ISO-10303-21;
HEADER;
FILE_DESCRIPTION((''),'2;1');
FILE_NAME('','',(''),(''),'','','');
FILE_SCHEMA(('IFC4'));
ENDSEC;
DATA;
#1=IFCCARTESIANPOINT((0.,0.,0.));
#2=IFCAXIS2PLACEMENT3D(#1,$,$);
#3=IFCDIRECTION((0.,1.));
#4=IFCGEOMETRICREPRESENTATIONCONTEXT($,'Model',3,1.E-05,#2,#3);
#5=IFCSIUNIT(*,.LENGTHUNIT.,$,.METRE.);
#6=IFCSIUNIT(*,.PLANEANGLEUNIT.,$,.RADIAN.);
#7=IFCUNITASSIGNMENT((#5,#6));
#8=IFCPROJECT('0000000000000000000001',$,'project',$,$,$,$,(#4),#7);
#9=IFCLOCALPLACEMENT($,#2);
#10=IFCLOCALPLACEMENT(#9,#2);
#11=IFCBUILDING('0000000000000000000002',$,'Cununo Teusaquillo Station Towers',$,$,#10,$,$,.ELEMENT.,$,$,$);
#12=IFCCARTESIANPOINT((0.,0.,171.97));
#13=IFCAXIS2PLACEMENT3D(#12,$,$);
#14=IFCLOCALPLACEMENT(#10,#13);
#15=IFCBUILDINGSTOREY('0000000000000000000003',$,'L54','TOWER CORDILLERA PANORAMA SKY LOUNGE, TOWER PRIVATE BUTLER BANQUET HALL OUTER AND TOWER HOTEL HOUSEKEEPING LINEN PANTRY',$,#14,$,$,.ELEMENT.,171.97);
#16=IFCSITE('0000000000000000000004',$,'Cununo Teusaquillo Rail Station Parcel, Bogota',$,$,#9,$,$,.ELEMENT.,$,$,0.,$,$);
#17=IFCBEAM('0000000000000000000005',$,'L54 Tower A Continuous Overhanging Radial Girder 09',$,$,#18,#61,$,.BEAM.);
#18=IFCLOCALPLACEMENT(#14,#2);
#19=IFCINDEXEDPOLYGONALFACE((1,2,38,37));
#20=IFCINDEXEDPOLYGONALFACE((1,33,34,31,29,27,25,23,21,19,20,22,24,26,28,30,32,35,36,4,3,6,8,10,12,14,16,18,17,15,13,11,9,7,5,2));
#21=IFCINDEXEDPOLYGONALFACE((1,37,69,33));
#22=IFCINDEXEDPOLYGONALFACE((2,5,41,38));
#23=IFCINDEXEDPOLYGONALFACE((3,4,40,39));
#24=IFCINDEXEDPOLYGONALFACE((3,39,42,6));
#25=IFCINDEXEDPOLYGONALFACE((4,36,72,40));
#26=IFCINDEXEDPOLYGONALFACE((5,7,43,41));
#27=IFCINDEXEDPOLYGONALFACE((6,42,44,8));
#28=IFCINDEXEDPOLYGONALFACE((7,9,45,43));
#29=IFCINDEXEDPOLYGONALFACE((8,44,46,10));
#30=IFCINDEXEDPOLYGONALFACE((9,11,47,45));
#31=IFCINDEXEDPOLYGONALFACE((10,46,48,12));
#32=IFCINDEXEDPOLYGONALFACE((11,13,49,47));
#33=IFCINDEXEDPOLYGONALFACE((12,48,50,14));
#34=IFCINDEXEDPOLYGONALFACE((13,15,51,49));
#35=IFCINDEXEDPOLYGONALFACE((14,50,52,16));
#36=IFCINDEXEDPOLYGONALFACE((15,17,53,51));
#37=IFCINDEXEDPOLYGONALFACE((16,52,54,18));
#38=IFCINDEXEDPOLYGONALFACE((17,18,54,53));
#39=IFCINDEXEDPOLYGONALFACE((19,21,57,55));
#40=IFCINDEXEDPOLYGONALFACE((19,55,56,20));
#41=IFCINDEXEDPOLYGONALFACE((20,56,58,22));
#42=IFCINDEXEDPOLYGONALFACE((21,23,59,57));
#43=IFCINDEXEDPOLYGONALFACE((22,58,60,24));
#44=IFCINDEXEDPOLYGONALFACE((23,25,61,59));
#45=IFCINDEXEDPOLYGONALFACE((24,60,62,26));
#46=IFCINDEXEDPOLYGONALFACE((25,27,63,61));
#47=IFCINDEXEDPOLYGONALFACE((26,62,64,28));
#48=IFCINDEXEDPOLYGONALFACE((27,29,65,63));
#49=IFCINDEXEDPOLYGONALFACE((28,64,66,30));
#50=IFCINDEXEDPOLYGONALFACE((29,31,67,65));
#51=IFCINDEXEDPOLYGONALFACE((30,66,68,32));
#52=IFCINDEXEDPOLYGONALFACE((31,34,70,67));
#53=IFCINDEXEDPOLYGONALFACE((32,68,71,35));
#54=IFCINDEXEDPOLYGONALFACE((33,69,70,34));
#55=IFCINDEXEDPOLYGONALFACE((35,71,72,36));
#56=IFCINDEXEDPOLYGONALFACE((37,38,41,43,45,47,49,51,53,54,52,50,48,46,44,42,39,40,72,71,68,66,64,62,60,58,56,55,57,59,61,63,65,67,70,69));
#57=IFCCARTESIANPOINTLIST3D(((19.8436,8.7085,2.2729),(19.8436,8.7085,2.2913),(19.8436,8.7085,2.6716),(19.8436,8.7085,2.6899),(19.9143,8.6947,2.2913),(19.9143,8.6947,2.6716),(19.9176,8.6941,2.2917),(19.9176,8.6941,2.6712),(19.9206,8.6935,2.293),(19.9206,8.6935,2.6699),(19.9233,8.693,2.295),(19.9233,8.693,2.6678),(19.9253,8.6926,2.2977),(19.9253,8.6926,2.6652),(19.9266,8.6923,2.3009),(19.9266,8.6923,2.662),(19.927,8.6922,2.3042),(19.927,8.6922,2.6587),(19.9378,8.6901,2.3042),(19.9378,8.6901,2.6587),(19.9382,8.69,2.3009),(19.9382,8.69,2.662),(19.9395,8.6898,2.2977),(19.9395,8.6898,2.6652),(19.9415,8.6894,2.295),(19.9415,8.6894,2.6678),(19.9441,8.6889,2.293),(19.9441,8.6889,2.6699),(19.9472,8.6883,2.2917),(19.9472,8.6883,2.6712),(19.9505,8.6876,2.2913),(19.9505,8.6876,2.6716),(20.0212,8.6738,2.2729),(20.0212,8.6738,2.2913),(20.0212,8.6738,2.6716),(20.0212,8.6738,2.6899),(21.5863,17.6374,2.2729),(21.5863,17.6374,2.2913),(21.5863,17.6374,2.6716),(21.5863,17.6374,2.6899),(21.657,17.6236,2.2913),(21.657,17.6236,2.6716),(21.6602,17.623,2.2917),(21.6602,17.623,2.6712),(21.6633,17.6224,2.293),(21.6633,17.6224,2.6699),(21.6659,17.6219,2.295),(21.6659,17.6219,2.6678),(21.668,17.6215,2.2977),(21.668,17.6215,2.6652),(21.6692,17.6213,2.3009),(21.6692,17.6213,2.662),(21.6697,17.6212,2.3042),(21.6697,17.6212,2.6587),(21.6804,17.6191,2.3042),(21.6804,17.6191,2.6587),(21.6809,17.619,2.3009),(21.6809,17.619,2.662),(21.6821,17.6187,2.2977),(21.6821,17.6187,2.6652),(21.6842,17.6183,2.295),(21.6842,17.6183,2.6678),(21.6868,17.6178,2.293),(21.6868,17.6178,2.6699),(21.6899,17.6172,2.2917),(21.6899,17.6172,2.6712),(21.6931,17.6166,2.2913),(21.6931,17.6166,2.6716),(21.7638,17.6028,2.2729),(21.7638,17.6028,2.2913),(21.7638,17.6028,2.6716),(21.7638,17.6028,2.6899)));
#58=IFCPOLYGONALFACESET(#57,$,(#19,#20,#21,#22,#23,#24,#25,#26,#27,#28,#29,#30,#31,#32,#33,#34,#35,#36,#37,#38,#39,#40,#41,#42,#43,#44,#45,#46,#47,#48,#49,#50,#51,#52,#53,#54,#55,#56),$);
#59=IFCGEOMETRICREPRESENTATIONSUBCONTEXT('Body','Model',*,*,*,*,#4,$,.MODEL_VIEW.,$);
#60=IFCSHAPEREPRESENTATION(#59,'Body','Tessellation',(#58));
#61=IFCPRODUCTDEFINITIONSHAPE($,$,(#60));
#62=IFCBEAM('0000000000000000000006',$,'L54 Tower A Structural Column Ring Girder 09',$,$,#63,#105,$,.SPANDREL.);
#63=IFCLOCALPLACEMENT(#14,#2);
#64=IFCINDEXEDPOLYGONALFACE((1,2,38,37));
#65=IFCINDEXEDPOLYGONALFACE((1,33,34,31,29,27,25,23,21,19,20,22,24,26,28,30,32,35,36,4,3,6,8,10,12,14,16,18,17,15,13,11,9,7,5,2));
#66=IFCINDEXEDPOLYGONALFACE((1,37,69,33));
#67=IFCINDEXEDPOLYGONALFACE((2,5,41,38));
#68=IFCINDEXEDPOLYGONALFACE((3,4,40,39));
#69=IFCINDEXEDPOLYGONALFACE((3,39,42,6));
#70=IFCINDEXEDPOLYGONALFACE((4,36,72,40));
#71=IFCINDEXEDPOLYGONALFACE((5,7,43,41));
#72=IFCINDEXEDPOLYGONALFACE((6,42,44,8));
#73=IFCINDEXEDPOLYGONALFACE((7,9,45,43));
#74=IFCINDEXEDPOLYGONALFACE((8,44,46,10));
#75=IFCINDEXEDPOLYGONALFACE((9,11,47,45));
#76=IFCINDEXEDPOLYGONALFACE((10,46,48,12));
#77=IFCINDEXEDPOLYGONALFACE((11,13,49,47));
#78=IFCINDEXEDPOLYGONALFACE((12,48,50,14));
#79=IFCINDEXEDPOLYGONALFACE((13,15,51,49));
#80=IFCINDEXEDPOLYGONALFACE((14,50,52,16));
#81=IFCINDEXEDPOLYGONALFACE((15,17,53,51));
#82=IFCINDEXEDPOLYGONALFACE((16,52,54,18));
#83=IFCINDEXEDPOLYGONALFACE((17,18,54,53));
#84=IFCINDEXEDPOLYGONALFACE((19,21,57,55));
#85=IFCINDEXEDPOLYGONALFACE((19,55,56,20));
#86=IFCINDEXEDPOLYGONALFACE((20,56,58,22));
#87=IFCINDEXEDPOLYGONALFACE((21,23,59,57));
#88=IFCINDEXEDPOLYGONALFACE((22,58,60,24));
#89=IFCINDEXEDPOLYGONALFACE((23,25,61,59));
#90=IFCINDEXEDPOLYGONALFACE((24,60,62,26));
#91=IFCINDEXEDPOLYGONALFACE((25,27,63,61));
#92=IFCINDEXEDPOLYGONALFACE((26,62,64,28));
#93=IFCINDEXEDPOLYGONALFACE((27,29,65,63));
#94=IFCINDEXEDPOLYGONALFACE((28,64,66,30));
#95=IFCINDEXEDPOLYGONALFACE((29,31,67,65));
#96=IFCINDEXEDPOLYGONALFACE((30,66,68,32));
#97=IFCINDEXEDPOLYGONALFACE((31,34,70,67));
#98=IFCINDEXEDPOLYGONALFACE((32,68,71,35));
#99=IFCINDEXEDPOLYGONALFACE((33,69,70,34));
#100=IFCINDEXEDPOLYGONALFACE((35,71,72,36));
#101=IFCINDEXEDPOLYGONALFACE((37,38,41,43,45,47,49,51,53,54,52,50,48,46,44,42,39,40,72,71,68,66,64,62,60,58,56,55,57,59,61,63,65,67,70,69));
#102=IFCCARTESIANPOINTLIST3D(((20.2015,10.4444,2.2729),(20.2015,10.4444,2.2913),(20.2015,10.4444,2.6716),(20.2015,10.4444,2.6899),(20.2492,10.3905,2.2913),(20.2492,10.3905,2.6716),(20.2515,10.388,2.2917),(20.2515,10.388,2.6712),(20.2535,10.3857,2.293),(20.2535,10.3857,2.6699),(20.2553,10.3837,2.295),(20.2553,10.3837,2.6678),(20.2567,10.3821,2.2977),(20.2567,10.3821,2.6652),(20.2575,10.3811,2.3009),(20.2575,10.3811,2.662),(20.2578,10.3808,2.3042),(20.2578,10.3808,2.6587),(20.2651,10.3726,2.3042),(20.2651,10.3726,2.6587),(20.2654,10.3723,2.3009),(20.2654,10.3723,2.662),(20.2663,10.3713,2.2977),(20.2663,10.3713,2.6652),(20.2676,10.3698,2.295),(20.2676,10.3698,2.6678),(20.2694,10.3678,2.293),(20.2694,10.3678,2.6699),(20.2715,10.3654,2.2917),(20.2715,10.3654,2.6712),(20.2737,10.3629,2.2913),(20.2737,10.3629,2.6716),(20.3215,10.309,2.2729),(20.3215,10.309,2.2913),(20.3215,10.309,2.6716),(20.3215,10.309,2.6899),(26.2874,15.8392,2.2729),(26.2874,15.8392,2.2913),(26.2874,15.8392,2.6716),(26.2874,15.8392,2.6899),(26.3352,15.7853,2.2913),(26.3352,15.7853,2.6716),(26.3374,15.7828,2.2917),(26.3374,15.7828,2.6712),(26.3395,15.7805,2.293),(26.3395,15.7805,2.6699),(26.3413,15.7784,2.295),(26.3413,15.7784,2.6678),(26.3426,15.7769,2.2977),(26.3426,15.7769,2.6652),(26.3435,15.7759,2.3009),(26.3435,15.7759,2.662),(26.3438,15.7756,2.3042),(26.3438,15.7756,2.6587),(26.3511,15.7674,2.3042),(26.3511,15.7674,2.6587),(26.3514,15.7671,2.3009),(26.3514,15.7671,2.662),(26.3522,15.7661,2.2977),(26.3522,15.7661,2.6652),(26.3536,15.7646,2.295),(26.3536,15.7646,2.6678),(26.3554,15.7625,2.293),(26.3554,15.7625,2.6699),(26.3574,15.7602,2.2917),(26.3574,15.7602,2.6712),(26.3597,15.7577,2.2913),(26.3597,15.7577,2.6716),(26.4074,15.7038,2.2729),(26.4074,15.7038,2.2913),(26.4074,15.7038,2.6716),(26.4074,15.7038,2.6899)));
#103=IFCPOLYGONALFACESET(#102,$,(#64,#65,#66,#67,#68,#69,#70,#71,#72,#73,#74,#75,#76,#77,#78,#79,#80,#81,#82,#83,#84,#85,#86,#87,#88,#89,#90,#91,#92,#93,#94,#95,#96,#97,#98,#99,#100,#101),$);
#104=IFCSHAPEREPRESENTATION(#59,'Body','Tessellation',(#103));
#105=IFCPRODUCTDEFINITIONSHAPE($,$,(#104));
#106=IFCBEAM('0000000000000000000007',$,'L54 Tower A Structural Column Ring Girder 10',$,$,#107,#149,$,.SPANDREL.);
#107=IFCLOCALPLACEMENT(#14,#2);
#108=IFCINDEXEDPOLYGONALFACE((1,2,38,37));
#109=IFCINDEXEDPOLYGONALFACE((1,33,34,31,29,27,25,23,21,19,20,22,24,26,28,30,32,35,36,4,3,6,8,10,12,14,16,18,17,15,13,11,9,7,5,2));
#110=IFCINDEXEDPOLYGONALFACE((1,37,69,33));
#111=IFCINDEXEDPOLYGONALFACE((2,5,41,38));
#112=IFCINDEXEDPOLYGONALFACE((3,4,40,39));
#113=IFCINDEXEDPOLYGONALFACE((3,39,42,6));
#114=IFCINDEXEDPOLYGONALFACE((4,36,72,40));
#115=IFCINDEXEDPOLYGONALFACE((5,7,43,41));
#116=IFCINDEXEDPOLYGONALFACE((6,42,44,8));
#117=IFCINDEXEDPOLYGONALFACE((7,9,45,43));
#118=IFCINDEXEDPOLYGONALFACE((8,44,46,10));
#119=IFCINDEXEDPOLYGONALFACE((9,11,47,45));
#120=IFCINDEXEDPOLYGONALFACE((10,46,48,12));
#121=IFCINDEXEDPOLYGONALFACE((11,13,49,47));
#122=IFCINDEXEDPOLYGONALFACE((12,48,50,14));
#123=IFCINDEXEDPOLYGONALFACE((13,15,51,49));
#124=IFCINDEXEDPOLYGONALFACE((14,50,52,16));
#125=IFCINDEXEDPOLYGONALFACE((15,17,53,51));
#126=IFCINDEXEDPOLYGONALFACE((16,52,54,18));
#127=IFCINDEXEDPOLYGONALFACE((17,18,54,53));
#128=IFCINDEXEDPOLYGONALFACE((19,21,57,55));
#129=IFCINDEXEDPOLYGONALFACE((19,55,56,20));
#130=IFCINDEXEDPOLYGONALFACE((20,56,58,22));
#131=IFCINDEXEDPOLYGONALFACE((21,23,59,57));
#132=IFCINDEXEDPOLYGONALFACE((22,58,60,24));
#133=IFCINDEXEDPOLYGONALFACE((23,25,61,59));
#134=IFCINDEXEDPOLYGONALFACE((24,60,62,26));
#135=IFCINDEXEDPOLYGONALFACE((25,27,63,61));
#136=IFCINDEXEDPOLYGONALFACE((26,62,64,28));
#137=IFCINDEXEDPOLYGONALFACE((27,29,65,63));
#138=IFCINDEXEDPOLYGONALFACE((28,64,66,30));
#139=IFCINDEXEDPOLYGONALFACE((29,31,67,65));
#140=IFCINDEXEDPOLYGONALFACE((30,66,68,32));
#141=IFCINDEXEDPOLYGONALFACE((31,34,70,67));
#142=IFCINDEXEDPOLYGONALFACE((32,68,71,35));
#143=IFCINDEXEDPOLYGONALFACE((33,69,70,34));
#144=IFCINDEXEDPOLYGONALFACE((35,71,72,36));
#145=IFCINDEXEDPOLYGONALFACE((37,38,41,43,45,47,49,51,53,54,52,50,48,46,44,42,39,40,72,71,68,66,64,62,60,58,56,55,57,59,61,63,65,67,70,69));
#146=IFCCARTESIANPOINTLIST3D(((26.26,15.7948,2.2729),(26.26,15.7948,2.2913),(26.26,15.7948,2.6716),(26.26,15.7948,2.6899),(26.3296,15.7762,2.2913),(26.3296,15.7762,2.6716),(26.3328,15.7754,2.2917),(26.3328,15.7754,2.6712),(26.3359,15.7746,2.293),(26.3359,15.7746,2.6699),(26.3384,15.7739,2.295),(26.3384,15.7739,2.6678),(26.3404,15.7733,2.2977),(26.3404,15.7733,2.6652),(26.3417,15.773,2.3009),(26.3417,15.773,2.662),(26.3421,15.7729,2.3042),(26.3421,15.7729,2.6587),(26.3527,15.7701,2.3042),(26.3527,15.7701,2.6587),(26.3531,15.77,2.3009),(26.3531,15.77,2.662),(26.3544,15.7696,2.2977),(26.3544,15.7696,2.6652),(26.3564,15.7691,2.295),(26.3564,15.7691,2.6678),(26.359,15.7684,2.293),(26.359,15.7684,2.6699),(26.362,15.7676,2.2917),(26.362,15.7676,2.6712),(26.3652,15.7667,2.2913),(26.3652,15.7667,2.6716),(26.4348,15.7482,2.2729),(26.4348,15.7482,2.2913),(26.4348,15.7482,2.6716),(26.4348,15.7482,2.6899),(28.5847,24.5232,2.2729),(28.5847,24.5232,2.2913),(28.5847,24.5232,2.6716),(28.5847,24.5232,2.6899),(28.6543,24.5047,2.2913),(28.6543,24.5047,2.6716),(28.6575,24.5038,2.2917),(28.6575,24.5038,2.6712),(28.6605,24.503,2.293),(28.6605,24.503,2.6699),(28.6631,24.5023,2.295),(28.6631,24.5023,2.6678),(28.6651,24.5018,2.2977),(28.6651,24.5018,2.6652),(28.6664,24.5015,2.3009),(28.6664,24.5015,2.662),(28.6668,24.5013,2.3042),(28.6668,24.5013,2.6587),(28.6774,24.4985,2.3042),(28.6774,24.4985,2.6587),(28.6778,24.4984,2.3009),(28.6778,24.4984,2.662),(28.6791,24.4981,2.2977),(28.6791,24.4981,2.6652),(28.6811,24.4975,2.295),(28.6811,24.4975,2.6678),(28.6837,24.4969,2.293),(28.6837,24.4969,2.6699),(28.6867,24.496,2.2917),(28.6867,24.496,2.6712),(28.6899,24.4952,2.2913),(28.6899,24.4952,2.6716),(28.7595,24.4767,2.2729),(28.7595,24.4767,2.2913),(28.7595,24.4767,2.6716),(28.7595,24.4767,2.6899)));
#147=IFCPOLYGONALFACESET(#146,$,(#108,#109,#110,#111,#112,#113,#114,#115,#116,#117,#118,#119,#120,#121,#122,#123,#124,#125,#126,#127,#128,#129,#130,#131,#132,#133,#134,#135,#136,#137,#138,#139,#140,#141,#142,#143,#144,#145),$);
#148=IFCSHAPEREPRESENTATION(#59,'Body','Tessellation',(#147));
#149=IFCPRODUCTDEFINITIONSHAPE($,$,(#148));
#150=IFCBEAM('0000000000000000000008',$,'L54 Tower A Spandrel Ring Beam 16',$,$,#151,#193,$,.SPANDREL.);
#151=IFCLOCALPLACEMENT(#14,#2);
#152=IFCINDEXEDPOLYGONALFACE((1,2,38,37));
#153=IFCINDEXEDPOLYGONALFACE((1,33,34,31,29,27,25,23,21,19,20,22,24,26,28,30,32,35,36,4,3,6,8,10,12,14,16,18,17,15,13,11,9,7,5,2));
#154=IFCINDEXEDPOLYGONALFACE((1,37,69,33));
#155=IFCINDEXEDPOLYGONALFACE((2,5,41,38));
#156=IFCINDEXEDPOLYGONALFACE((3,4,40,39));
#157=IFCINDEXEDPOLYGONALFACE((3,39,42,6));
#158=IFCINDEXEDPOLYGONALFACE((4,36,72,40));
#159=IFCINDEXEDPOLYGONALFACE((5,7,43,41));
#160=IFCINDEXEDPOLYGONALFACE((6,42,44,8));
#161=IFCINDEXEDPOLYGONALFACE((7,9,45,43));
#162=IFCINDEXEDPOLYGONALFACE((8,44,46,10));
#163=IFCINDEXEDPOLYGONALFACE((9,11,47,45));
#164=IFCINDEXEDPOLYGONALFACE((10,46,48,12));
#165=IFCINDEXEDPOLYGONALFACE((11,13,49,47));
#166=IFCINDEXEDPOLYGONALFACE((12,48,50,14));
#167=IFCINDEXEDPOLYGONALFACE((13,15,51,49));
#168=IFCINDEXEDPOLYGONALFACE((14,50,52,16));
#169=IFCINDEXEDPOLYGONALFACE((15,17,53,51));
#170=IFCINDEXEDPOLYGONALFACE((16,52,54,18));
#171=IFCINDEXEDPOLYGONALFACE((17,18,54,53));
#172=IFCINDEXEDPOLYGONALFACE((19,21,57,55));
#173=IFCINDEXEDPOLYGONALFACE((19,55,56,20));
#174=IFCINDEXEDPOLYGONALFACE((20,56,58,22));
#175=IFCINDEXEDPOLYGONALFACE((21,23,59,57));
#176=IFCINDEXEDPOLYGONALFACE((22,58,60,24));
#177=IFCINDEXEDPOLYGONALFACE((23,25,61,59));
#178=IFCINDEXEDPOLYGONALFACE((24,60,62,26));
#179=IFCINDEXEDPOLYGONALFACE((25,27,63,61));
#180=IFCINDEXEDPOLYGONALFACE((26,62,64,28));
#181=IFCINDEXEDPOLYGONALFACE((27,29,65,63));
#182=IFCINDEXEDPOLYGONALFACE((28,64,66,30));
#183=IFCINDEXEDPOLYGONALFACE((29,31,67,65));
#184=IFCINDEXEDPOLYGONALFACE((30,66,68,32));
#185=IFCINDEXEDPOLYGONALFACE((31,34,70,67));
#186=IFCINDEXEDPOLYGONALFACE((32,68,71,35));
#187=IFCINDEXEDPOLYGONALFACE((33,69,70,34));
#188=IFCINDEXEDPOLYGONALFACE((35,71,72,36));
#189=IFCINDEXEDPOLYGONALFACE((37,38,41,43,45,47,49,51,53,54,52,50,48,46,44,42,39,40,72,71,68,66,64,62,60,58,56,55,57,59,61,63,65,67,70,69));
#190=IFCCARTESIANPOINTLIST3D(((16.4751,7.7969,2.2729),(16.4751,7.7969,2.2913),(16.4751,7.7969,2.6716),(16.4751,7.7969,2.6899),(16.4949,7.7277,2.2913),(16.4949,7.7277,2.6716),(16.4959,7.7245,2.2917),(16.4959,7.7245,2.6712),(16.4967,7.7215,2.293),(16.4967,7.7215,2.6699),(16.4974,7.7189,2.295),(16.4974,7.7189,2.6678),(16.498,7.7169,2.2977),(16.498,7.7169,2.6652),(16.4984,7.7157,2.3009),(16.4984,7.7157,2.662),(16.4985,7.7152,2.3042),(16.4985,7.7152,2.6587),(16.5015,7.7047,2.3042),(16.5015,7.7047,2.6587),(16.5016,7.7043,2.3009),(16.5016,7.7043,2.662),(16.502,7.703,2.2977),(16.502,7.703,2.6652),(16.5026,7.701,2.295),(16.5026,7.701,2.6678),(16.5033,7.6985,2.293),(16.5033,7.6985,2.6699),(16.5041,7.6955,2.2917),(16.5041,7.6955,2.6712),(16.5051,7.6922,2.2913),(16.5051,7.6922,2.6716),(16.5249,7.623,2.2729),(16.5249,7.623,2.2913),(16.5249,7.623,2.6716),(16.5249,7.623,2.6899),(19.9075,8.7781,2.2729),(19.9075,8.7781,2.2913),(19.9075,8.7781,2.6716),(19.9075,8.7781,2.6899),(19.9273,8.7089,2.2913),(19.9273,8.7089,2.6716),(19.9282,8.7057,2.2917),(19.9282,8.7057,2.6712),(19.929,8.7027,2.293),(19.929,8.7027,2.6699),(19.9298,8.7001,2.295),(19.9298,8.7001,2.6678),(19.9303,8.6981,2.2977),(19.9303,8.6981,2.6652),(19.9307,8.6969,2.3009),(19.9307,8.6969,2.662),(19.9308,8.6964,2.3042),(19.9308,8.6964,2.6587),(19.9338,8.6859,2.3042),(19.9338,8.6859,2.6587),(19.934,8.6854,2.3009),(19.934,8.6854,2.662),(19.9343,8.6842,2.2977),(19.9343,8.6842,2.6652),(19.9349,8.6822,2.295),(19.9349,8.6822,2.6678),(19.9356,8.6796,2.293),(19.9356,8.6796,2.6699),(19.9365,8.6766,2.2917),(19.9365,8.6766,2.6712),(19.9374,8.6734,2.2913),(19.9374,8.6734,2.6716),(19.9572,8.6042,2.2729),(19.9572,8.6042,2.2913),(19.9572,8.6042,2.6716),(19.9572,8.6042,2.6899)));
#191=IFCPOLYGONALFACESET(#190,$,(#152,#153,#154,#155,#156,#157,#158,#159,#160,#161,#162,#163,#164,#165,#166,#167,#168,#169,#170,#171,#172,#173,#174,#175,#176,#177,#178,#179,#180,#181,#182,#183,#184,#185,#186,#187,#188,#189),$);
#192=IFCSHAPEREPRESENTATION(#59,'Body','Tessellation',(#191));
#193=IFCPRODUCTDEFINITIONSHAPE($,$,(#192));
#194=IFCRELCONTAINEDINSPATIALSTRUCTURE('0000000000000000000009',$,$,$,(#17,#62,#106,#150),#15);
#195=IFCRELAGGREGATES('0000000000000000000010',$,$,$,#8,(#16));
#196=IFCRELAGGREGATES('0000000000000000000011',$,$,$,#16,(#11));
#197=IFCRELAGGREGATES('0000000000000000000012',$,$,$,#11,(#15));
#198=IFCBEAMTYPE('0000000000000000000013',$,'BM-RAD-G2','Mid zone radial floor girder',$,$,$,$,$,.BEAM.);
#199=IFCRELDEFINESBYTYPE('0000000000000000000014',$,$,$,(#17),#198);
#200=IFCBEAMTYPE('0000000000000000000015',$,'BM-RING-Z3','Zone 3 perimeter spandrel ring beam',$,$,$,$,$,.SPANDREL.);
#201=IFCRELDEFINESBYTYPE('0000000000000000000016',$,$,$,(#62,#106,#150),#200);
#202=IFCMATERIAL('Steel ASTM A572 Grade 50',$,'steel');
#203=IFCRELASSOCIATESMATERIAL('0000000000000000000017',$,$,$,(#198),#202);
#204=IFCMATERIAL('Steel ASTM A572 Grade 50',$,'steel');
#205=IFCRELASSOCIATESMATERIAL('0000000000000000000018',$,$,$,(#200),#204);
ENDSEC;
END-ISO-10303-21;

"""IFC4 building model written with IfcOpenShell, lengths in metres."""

from ifc_helpers import new_model, si_unit, direction, frame, origin, origin_2d, place, context, subcontext, project, spatial, i_section, extrude, material, material_profile, profile_set, type_object, element, save


model = new_model("IFC4")

# Units and contexts
model_context = context("Model", 3, precision=1e-05, world=origin(), true_north=direction((0.0, 1.0)))
body_context = subcontext(model_context, "Body", "Model", "MODEL_VIEW")
ifc_project = project(units=[si_unit("LENGTHUNIT", "METRE"), si_unit("PLANEANGLEUNIT", "RADIAN")], contexts=[model_context])

# Site, building, storey
site_placement = place(None, origin())
site = spatial("IfcSite", under=ifc_project, at=site_placement, Name="Cununo Teusaquillo Rail Station Parcel, Bogota", CompositionType="ELEMENT", RefElevation=0.0)
building_placement = place(site_placement, origin())
building = spatial("IfcBuilding", under=site, at=building_placement, Name="Cununo Teusaquillo Station Towers", CompositionType="ELEMENT")
storey_placement = place(building_placement, frame((0.0, 0.0, 171.97)))
storey = spatial("IfcBuildingStorey", under=building, at=storey_placement, Name="L54", Description="TOWER CORDILLERA PANORAMA SKY LOUNGE, TOWER PRIVATE BUTLER BANQUET HALL OUTER AND TOWER HOTEL HOUSEKEEPING LINEN PANTRY", CompositionType="ELEMENT", Elevation=171.97)

# Beams
ifc_material_1 = material(Name="Steel ASTM A572 Grade 50", Category="steel")
ifc_material_profile_1 = material_profile(ifc_material_1, i_section(OverallWidth=0.1809, OverallDepth=0.417, WebThickness=0.011, FlangeThickness=0.0183, FilletRadius=0.0129, at=origin_2d()), Name="W16X57")
ifc_profile_set_1 = profile_set([ifc_material_profile_1], Name="Steel ASTM A572 Grade 50")
beam_type_1 = type_object("IfcBeamType", Name="BM-RAD-G2", Description="Mid zone radial floor girder", PredefinedType="BEAM", material=ifc_profile_set_1)
beam_1_placement = place(storey_placement, frame((21.675, 17.6201, 2.4814), z_axis=(-0.191557, -0.981481, 0.0), x_axis=(0.981481, -0.191557, 0.0)))
element("IfcBeam", 1, at=beam_1_placement, inside=storey, type_object=beam_type_1, Name="L54 Tower A Continuous Overhanging Radial Girder 09", PredefinedType="BEAM", context=body_context, shape_type="SweptSolid", body=[
    extrude(i_section(OverallWidth=0.1809, OverallDepth=0.417, WebThickness=0.011, FlangeThickness=0.0183, FilletRadius=0.0129, at=origin_2d()), origin(), (0.0, 0.0, 1.0), 9.0974),
])
ifc_material_2 = material(Name="Steel ASTM A572 Grade 50", Category="steel")
ifc_material_profile_2 = material_profile(ifc_material_2, i_section(OverallWidth=0.1809, OverallDepth=0.417, WebThickness=0.011, FlangeThickness=0.0183, FilletRadius=0.0129, at=origin_2d()), Name="W16X57")
ifc_profile_set_2 = profile_set([ifc_material_profile_2], Name="Steel ASTM A572 Grade 50")
beam_type_2 = type_object("IfcBeamType", Name="BM-RING-Z3", Description="Zone 3 perimeter spandrel ring beam", PredefinedType="SPANDREL", material=ifc_profile_set_2)
beam_2_placement = place(storey_placement, frame((20.2615, 10.3767, 2.4814), z_axis=(0.748321, 0.663337, 0.0), x_axis=(-0.663337, 0.748321, 0.0)))
element("IfcBeam", 2, at=beam_2_placement, inside=storey, type_object=beam_type_2, Name="L54 Tower A Structural Column Ring Girder 09", PredefinedType="SPANDREL", context=body_context, shape_type="SweptSolid", body=[
    extrude(i_section(OverallWidth=0.1809, OverallDepth=0.417, WebThickness=0.011, FlangeThickness=0.0183, FilletRadius=0.0129, at=origin_2d()), origin(), (0.0, 0.0, 1.0), 8.1328),
])
beam_3_placement = place(storey_placement, frame((26.3474, 15.7715, 2.4814), z_axis=(0.257363, 0.966315, 0.0), x_axis=(-0.966315, 0.257363, 0.0)))
element("IfcBeam", 3, at=beam_3_placement, inside=storey, type_object=beam_type_2, Name="L54 Tower A Structural Column Ring Girder 10", PredefinedType="SPANDREL", context=body_context, shape_type="SweptSolid", body=[
    extrude(i_section(OverallWidth=0.1809, OverallDepth=0.417, WebThickness=0.011, FlangeThickness=0.0183, FilletRadius=0.0129, at=origin_2d()), origin(), (0.0, 0.0, 1.0), 9.0327),
])
beam_4_placement = place(storey_placement, frame((16.5, 7.71, 2.4814), z_axis=(0.961485, 0.274857, 0.0), x_axis=(-0.274857, 0.961485, 0.0)))
element("IfcBeam", 4, at=beam_4_placement, inside=storey, type_object=beam_type_2, Name="L54 Tower A Spandrel Ring Beam 16", PredefinedType="SPANDREL", context=body_context, shape_type="SweptSolid", body=[
    extrude(i_section(OverallWidth=0.1809, OverallDepth=0.417, WebThickness=0.011, FlangeThickness=0.0183, FilletRadius=0.0129, at=origin_2d()), origin(), (0.0, 0.0, 1.0), 3.5698),
])

save(model, "model.ifc")
